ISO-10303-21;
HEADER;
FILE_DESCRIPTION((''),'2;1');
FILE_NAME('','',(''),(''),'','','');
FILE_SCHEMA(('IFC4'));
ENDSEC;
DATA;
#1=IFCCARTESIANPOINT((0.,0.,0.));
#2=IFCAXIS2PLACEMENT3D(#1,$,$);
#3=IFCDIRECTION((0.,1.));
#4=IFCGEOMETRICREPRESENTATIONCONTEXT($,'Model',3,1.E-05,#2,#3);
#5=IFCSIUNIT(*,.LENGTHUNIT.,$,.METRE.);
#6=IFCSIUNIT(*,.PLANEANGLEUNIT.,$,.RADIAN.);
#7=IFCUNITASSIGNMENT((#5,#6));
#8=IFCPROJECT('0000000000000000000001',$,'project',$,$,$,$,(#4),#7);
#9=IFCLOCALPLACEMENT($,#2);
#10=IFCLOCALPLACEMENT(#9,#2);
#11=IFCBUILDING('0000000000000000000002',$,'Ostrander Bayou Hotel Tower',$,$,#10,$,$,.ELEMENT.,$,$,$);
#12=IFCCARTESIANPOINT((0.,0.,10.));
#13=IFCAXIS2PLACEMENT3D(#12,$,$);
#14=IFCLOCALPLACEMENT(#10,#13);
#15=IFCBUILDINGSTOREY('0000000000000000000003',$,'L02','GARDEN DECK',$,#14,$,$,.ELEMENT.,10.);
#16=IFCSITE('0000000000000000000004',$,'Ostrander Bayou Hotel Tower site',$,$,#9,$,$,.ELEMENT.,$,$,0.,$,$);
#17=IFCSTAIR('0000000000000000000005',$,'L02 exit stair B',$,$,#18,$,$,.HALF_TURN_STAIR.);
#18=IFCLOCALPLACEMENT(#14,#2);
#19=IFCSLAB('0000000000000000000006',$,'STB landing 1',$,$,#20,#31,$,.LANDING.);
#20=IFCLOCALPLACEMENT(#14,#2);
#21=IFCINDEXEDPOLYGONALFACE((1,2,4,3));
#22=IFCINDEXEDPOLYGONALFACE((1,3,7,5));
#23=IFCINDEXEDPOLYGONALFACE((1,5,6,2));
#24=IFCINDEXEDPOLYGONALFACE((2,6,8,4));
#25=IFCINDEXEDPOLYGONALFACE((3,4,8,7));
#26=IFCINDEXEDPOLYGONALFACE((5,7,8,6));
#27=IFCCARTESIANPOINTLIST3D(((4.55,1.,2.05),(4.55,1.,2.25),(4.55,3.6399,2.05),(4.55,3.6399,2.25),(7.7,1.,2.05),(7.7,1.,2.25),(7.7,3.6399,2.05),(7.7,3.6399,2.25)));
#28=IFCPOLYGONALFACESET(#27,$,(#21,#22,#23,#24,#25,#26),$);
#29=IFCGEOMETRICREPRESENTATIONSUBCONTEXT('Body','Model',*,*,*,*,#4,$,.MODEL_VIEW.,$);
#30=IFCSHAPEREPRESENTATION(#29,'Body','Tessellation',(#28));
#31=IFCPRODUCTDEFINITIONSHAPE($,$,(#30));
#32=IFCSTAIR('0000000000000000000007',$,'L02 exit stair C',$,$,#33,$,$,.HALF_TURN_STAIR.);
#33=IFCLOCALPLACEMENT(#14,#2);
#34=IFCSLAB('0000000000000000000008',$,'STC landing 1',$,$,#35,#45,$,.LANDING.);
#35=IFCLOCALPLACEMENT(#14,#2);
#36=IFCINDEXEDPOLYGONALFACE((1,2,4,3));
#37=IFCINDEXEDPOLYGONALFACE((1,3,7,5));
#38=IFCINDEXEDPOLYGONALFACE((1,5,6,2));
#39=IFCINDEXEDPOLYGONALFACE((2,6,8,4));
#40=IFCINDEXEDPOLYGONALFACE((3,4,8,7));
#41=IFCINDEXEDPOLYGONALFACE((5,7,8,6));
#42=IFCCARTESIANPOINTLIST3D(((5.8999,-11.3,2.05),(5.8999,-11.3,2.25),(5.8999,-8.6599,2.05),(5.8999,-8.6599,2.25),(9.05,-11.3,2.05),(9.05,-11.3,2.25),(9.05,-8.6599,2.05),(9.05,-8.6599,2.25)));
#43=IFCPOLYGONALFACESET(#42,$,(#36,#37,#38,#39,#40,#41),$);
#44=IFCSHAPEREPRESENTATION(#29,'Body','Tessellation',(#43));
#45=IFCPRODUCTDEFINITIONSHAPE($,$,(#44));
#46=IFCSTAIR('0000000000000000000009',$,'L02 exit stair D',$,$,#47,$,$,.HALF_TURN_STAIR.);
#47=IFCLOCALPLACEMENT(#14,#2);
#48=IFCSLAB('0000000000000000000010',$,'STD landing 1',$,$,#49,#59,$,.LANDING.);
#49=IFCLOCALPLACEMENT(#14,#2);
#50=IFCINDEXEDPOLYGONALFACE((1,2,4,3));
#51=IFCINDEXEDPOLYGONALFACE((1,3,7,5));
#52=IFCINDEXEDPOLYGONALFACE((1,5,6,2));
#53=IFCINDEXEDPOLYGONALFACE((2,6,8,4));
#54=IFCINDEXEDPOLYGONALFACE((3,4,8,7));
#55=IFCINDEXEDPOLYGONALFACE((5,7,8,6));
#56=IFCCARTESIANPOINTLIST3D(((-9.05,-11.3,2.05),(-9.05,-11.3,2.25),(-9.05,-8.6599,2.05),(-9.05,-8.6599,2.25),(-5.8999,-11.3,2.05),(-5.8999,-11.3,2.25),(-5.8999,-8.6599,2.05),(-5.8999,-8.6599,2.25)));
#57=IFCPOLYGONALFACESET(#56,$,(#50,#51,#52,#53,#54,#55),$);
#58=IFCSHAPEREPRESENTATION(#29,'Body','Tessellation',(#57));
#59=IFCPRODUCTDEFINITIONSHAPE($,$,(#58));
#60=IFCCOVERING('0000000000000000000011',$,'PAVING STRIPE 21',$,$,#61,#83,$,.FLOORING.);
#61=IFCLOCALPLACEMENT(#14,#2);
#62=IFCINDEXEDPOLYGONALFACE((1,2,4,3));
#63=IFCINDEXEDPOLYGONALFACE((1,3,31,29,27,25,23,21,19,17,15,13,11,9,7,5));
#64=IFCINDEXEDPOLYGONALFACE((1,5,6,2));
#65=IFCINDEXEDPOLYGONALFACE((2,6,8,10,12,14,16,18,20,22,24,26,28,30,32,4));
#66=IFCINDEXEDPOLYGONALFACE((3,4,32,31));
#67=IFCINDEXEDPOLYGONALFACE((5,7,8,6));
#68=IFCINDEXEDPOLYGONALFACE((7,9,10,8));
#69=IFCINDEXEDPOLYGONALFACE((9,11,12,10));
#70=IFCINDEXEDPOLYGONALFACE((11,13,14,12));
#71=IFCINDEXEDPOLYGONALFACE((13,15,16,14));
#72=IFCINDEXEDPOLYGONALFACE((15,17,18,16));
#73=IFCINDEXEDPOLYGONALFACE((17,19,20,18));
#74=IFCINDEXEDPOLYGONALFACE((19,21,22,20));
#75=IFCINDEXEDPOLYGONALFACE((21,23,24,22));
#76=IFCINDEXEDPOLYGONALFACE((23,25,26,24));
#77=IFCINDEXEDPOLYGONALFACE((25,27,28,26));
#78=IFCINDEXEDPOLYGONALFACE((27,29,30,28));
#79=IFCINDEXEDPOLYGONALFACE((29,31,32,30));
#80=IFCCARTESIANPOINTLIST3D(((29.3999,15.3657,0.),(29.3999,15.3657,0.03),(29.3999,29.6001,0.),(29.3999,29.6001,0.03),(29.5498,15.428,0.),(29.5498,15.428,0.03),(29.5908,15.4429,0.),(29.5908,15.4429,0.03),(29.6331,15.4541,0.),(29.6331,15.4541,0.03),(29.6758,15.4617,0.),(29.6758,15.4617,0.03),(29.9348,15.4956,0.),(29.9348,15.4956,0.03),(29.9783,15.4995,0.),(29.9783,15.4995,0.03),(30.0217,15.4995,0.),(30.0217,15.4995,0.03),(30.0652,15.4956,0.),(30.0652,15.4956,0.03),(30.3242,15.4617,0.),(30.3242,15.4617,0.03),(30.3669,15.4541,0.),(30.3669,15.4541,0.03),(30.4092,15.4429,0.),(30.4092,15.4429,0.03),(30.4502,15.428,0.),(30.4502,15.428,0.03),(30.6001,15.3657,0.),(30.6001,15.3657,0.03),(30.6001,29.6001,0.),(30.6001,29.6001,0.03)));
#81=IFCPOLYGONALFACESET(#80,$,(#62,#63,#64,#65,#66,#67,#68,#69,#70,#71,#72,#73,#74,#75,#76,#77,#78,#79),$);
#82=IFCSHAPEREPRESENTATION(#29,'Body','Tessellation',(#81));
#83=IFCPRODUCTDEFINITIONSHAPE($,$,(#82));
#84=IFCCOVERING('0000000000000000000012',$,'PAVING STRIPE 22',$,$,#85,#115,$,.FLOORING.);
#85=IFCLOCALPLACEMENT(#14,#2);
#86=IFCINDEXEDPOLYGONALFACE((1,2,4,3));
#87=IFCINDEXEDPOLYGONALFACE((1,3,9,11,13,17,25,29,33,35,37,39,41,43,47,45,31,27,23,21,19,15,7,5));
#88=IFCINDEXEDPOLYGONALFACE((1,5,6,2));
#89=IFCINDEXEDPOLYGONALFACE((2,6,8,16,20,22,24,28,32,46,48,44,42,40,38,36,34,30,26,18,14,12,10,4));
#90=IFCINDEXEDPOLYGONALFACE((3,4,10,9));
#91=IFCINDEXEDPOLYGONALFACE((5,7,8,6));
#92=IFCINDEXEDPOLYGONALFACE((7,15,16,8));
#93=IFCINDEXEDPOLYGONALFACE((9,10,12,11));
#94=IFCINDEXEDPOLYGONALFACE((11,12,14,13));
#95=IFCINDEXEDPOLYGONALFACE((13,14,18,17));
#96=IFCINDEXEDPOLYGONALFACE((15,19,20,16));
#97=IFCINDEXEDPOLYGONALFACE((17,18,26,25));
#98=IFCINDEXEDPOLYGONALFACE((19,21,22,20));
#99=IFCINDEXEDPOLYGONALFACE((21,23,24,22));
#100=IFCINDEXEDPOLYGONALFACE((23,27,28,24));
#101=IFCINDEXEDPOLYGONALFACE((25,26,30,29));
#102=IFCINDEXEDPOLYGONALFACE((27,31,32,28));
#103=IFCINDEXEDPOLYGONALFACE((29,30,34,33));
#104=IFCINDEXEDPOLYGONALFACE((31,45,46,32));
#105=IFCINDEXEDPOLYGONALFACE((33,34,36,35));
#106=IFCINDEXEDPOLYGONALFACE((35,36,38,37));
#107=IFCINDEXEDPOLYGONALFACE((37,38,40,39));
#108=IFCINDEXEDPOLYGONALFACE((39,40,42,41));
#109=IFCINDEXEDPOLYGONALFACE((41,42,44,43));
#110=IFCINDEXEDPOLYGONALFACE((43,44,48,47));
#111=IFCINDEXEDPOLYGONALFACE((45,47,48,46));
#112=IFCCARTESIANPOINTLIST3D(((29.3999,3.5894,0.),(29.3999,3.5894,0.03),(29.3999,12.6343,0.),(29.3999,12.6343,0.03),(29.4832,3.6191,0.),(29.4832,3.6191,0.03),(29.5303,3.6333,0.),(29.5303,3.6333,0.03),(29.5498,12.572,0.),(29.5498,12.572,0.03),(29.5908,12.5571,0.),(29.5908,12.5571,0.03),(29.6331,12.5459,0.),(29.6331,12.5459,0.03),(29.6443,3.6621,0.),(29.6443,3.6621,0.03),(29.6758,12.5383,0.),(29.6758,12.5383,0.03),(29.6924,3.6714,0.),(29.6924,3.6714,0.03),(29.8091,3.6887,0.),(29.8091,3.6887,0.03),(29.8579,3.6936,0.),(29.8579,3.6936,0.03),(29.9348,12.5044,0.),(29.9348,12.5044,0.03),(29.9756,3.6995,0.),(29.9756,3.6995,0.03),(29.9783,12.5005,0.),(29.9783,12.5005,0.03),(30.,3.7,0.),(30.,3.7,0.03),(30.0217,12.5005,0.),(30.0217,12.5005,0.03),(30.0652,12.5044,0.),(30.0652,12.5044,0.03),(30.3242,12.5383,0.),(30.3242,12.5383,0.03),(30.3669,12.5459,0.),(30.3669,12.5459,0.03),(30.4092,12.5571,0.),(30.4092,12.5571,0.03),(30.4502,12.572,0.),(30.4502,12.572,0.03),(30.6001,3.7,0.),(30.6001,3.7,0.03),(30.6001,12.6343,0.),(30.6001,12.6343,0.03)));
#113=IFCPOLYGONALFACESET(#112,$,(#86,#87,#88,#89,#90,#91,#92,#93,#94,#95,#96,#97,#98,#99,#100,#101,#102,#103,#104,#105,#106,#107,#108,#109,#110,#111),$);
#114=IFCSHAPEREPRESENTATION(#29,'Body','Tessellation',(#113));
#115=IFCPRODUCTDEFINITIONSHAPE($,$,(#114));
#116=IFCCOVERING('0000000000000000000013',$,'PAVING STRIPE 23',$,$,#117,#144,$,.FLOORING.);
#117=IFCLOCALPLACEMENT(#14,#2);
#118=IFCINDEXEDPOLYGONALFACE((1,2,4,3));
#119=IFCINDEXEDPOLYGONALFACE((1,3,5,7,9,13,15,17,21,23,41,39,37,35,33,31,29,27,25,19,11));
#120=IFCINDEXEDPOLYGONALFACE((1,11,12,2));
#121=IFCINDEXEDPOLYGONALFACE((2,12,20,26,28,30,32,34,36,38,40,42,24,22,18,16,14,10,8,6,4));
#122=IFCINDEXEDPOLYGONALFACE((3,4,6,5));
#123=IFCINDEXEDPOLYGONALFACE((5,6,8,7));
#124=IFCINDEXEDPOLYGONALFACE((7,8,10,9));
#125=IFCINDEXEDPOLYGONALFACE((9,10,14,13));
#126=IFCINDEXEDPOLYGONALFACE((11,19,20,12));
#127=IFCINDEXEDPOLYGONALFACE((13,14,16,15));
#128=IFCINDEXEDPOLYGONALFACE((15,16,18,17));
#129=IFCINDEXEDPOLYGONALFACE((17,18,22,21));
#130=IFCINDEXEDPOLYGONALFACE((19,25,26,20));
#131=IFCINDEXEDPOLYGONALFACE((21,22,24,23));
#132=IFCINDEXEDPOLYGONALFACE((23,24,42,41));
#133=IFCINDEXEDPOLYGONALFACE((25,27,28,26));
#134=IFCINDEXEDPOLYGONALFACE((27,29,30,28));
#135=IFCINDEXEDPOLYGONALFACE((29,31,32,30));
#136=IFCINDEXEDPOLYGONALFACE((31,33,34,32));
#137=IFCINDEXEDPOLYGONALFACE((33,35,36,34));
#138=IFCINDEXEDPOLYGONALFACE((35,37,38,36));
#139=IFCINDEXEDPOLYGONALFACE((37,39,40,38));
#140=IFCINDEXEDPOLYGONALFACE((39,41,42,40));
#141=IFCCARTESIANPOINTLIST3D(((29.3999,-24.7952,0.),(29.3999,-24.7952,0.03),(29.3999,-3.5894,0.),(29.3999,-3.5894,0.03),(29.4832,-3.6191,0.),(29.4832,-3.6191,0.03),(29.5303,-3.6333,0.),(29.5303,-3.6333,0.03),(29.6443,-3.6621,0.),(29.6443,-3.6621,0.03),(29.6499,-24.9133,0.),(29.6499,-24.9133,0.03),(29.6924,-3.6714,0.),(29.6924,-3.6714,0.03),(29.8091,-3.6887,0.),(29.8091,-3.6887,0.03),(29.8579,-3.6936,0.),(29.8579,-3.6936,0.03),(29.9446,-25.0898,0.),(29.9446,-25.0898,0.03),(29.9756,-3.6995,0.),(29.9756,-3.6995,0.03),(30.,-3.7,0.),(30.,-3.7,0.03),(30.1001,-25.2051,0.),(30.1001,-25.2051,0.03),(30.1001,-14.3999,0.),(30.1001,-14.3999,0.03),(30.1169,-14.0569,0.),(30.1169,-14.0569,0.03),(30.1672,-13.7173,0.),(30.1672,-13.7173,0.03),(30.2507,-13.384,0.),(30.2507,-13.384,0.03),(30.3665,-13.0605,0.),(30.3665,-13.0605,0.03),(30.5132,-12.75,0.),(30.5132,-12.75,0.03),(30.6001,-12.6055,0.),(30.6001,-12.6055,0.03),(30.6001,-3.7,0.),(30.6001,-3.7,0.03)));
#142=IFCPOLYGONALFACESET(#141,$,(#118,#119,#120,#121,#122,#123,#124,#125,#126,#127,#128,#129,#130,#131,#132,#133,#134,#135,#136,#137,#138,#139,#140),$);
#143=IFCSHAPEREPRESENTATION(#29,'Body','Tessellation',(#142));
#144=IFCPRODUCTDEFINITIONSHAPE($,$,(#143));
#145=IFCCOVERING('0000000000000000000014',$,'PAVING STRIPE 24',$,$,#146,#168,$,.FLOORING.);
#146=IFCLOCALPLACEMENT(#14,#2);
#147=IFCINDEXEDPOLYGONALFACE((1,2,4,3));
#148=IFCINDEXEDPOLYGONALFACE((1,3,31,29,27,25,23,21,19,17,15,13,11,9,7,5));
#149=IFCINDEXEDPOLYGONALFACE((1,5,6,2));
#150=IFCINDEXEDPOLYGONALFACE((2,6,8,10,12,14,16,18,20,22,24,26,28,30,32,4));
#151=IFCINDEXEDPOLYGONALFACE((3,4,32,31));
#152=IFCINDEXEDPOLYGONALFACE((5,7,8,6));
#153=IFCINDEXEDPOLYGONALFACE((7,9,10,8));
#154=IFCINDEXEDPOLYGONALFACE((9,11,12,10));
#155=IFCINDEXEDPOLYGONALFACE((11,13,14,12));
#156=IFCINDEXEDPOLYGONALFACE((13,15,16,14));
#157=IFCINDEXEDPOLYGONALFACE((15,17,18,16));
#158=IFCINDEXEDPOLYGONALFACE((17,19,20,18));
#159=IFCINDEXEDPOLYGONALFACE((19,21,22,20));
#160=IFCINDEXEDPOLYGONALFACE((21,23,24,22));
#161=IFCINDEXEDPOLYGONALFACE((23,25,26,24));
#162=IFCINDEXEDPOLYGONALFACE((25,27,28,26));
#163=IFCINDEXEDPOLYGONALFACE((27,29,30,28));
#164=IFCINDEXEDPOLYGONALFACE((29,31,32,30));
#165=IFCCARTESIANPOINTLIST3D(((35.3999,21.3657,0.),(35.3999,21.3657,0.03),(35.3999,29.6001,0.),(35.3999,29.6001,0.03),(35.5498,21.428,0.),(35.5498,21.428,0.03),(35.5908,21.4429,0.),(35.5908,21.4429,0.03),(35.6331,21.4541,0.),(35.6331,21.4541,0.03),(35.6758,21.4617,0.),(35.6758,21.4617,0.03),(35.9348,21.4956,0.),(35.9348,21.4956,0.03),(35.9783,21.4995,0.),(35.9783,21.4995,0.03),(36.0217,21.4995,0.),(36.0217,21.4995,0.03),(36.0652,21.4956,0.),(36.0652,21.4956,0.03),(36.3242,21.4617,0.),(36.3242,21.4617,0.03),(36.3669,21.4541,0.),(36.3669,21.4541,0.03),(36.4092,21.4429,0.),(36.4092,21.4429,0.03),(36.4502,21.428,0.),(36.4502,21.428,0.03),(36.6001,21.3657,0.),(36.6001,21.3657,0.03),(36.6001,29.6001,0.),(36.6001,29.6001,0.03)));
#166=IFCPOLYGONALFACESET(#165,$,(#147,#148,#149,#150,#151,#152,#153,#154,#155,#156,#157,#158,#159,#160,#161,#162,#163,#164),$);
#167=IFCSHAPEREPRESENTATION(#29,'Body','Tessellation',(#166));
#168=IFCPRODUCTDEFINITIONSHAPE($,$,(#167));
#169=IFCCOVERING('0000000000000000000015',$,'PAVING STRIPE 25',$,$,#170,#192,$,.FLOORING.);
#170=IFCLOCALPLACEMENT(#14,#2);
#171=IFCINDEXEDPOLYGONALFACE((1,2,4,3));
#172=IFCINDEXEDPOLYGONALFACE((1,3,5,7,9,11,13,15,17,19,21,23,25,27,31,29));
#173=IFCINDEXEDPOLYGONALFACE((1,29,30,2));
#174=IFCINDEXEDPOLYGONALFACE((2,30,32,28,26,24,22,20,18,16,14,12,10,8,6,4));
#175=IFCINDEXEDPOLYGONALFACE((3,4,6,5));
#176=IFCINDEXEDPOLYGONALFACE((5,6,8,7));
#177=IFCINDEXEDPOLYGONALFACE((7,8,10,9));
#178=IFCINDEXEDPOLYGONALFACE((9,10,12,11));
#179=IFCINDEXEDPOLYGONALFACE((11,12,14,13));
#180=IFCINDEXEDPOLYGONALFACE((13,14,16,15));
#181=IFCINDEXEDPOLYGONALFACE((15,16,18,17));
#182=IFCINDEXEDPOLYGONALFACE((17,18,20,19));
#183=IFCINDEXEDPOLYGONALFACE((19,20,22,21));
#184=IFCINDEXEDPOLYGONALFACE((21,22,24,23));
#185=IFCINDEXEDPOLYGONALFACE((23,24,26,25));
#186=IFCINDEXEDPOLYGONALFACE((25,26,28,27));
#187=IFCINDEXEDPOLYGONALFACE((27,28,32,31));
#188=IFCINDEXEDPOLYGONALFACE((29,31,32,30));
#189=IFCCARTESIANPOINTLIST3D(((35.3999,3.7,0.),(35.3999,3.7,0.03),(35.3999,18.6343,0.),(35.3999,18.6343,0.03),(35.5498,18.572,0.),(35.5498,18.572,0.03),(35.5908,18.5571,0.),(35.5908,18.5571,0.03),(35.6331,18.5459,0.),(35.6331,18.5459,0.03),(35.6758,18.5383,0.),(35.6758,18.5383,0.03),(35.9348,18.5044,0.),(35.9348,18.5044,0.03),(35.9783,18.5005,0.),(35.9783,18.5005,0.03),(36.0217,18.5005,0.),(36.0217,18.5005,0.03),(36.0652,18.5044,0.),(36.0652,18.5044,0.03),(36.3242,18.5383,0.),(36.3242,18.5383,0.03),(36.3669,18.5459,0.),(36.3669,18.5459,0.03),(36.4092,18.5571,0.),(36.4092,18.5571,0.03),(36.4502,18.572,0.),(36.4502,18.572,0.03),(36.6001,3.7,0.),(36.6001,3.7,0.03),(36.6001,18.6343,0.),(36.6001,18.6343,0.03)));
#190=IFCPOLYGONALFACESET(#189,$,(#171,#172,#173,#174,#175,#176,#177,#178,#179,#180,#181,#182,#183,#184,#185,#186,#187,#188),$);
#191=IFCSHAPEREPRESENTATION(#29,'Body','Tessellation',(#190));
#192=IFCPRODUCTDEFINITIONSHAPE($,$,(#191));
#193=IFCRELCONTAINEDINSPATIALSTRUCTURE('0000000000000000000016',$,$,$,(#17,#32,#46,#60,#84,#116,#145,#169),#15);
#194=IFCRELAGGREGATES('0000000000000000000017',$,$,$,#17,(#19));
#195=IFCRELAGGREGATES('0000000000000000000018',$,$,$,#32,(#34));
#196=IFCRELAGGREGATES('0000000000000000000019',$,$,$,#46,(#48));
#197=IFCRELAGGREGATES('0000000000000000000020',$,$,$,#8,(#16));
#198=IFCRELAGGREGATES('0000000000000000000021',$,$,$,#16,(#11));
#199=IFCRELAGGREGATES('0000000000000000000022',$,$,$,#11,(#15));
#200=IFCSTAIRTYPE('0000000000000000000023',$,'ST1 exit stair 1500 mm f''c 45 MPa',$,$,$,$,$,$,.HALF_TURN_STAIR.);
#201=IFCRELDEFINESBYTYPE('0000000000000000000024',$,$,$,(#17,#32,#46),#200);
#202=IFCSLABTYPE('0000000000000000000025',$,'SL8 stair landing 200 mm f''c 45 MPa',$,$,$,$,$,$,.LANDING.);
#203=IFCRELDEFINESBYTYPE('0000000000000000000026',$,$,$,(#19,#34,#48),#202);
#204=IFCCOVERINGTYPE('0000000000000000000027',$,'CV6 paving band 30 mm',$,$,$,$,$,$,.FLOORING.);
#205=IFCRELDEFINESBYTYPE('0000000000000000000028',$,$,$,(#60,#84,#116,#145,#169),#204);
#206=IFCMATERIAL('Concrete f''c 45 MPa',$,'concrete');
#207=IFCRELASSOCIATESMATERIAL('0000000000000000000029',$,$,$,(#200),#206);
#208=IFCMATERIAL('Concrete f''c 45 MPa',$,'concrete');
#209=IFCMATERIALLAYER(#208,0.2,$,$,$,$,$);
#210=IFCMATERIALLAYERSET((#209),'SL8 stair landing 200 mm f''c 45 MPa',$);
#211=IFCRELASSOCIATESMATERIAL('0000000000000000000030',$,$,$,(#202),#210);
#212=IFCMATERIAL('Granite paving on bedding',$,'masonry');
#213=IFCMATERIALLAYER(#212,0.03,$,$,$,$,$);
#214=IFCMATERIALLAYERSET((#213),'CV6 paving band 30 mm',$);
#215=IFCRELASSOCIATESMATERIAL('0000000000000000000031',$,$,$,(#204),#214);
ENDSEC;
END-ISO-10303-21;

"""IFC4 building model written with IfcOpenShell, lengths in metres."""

from ifc_helpers import new_model, si_unit, direction, frame, origin, place, context, subcontext, project, spatial, polyline, outline, extrude, material, layer, layer_set, type_object, element, aggregate, save


model = new_model("IFC4")

# Units and contexts
model_context = context("Model", 3, precision=1e-05, world=origin(), true_north=direction((0.0, 1.0)))
body_context = subcontext(model_context, "Body", "Model", "MODEL_VIEW")
ifc_project = project(units=[si_unit("LENGTHUNIT", "METRE"), si_unit("PLANEANGLEUNIT", "RADIAN")], contexts=[model_context])

# Site, building, storey
site_placement = place(None, origin())
site = spatial("IfcSite", under=ifc_project, at=site_placement, Name="Ostrander Bayou Hotel Tower site", CompositionType="ELEMENT", RefElevation=0.0)
building_placement = place(site_placement, origin())
building = spatial("IfcBuilding", under=site, at=building_placement, Name="Ostrander Bayou Hotel Tower", CompositionType="ELEMENT")
storey_placement = place(building_placement, frame((0.0, 0.0, 10.0)))
storey = spatial("IfcBuildingStorey", under=building, at=storey_placement, Name="L02", Description="GARDEN DECK", CompositionType="ELEMENT", Elevation=10.0)

# Stairs, slabs
ifc_material_1 = material(Name="Concrete f'c 45 MPa", Category="concrete")
stair_type = type_object("IfcStairType", Name="ST1 exit stair 1500 mm f'c 45 MPa", PredefinedType="HALF_TURN_STAIR", material=ifc_material_1)
ifc_material_2 = material(Name="Concrete f'c 45 MPa", Category="concrete")
ifc_layer_1 = layer(ifc_material_2, 0.2)
ifc_layer_set_1 = layer_set([ifc_layer_1], Name="SL8 stair landing 200 mm f'c 45 MPa")
slab_type_1 = type_object("IfcSlabType", Name="SL8 stair landing 200 mm f'c 45 MPa", PredefinedType="LANDING", material=ifc_layer_set_1)
stair_1_placement = place(storey_placement, origin())
stair_1 = element("IfcStair", 1, at=stair_1_placement, inside=storey, type_object=stair_type, Name="L02 exit stair B", PredefinedType="HALF_TURN_STAIR")
slab_1_placement = place(storey_placement, frame((0.0, 0.0, 2.05)))
slab_1 = element("IfcSlab", 2, at=slab_1_placement, type_object=slab_type_1, Name="STB landing 1", PredefinedType="LANDING", context=body_context, shape_type="SweptSolid", body=[
    extrude(outline(polyline([(4.55, 3.6399), (4.55, 1.0), (7.7, 1.0), (7.7, 3.6399), (4.55, 3.6399)])), origin(), (0.0, 0.0, 1.0), 0.2),
])
aggregate(stair_1, [slab_1])
stair_2_placement = place(storey_placement, origin())
stair_2 = element("IfcStair", 3, at=stair_2_placement, inside=storey, type_object=stair_type, Name="L02 exit stair C", PredefinedType="HALF_TURN_STAIR")
slab_2_placement = place(storey_placement, frame((0.0, 0.0, 2.05)))
slab_2 = element("IfcSlab", 4, at=slab_2_placement, type_object=slab_type_1, Name="STC landing 1", PredefinedType="LANDING", context=body_context, shape_type="SweptSolid", body=[
    extrude(outline(polyline([(5.8999, -8.6599), (5.8999, -11.3), (9.05, -11.3), (9.05, -8.6599), (5.8999, -8.6599)])), origin(), (0.0, 0.0, 1.0), 0.2),
])
aggregate(stair_2, [slab_2])
stair_3_placement = place(storey_placement, origin())
stair_3 = element("IfcStair", 5, at=stair_3_placement, inside=storey, type_object=stair_type, Name="L02 exit stair D", PredefinedType="HALF_TURN_STAIR")
slab_3_placement = place(storey_placement, frame((0.0, 0.0, 2.05)))
slab_3 = element("IfcSlab", 6, at=slab_3_placement, type_object=slab_type_1, Name="STD landing 1", PredefinedType="LANDING", context=body_context, shape_type="SweptSolid", body=[
    extrude(outline(polyline([(-9.05, -8.6599), (-9.05, -11.3), (-5.8999, -11.3), (-5.8999, -8.6599), (-9.05, -8.6599)])), origin(), (0.0, 0.0, 1.0), 0.2),
])
aggregate(stair_3, [slab_3])

# Coverings
ifc_material_3 = material(Name="Granite paving on bedding", Category="masonry")
ifc_layer_2 = layer(ifc_material_3, 0.03)
ifc_layer_set_2 = layer_set([ifc_layer_2], Name="CV6 paving band 30 mm")
covering_type = type_object("IfcCoveringType", Name="CV6 paving band 30 mm", PredefinedType="FLOORING", material=ifc_layer_set_2)
covering_1_placement = place(storey_placement, origin())
element("IfcCovering", 7, at=covering_1_placement, inside=storey, type_object=covering_type, Name="PAVING STRIPE 21", PredefinedType="FLOORING", context=body_context, shape_type="SweptSolid", body=[
    extrude(outline(polyline([(30.6001, 29.6001), (30.6001, 15.3657), (30.4502, 15.428), (30.4092, 15.4429), (30.3669, 15.4541), (30.3242, 15.4617), (30.0652, 15.4956), (30.0217, 15.4995), (29.9783, 15.4995), (29.9348, 15.4956), (29.6758, 15.4617), (29.6331, 15.4541), (29.5908, 15.4429), (29.5498, 15.428), (29.3999, 15.3657), (29.3999, 29.6001), (30.6001, 29.6001)])), origin(), (0.0, 0.0, 1.0), 0.03),
])
covering_2_placement = place(storey_placement, origin())
element("IfcCovering", 8, at=covering_2_placement, inside=storey, type_object=covering_type, Name="PAVING STRIPE 22", PredefinedType="FLOORING", context=body_context, shape_type="SweptSolid", body=[
    extrude(outline(polyline([(30.6001, 3.7), (30.0, 3.7), (29.9756, 3.6995), (29.8579, 3.6936), (29.8091, 3.6887), (29.6924, 3.6714), (29.6443, 3.6621), (29.5303, 3.6333), (29.4832, 3.6191), (29.3999, 3.5894), (29.3999, 12.6343), (29.5498, 12.572), (29.5908, 12.5571), (29.6331, 12.5459), (29.6758, 12.5383), (29.9348, 12.5044), (29.9783, 12.5005), (30.0217, 12.5005), (30.0652, 12.5044), (30.3242, 12.5383), (30.3669, 12.5459), (30.4092, 12.5571), (30.4502, 12.572), (30.6001, 12.6343), (30.6001, 3.7)])), origin(), (0.0, 0.0, 1.0), 0.03),
])
covering_3_placement = place(storey_placement, origin())
element("IfcCovering", 9, at=covering_3_placement, inside=storey, type_object=covering_type, Name="PAVING STRIPE 23", PredefinedType="FLOORING", context=body_context, shape_type="SweptSolid", body=[
    extrude(outline(polyline([(30.6001, -12.6055), (30.5132, -12.75), (30.3665, -13.0605), (30.2507, -13.384), (30.1672, -13.7173), (30.1169, -14.0569), (30.1001, -14.3999), (30.1001, -25.2051), (29.9446, -25.0898), (29.6499, -24.9133), (29.3999, -24.7952), (29.3999, -3.5894), (29.4832, -3.6191), (29.5303, -3.6333), (29.6443, -3.6621), (29.6924, -3.6714), (29.8091, -3.6887), (29.8579, -3.6936), (29.9756, -3.6995), (30.0, -3.7), (30.6001, -3.7), (30.6001, -12.6055)])), origin(), (0.0, 0.0, 1.0), 0.03),
])
covering_4_placement = place(storey_placement, origin())
element("IfcCovering", 10, at=covering_4_placement, inside=storey, type_object=covering_type, Name="PAVING STRIPE 24", PredefinedType="FLOORING", context=body_context, shape_type="SweptSolid", body=[
    extrude(outline(polyline([(36.6001, 29.6001), (36.6001, 21.3657), (36.4502, 21.428), (36.4092, 21.4429), (36.3669, 21.4541), (36.3242, 21.4617), (36.0652, 21.4956), (36.0217, 21.4995), (35.9783, 21.4995), (35.9348, 21.4956), (35.6758, 21.4617), (35.6331, 21.4541), (35.5908, 21.4429), (35.5498, 21.428), (35.3999, 21.3657), (35.3999, 29.6001), (36.6001, 29.6001)])), origin(), (0.0, 0.0, 1.0), 0.03),
])
covering_5_placement = place(storey_placement, origin())
element("IfcCovering", 11, at=covering_5_placement, inside=storey, type_object=covering_type, Name="PAVING STRIPE 25", PredefinedType="FLOORING", context=body_context, shape_type="SweptSolid", body=[
    extrude(outline(polyline([(36.6001, 3.7), (35.3999, 3.7), (35.3999, 18.6343), (35.5498, 18.572), (35.5908, 18.5571), (35.6331, 18.5459), (35.6758, 18.5383), (35.9348, 18.5044), (35.9783, 18.5005), (36.0217, 18.5005), (36.0652, 18.5044), (36.3242, 18.5383), (36.3669, 18.5459), (36.4092, 18.5571), (36.4502, 18.572), (36.6001, 18.6343), (36.6001, 3.7)])), origin(), (0.0, 0.0, 1.0), 0.03),
])

save(model, "model.ifc")
